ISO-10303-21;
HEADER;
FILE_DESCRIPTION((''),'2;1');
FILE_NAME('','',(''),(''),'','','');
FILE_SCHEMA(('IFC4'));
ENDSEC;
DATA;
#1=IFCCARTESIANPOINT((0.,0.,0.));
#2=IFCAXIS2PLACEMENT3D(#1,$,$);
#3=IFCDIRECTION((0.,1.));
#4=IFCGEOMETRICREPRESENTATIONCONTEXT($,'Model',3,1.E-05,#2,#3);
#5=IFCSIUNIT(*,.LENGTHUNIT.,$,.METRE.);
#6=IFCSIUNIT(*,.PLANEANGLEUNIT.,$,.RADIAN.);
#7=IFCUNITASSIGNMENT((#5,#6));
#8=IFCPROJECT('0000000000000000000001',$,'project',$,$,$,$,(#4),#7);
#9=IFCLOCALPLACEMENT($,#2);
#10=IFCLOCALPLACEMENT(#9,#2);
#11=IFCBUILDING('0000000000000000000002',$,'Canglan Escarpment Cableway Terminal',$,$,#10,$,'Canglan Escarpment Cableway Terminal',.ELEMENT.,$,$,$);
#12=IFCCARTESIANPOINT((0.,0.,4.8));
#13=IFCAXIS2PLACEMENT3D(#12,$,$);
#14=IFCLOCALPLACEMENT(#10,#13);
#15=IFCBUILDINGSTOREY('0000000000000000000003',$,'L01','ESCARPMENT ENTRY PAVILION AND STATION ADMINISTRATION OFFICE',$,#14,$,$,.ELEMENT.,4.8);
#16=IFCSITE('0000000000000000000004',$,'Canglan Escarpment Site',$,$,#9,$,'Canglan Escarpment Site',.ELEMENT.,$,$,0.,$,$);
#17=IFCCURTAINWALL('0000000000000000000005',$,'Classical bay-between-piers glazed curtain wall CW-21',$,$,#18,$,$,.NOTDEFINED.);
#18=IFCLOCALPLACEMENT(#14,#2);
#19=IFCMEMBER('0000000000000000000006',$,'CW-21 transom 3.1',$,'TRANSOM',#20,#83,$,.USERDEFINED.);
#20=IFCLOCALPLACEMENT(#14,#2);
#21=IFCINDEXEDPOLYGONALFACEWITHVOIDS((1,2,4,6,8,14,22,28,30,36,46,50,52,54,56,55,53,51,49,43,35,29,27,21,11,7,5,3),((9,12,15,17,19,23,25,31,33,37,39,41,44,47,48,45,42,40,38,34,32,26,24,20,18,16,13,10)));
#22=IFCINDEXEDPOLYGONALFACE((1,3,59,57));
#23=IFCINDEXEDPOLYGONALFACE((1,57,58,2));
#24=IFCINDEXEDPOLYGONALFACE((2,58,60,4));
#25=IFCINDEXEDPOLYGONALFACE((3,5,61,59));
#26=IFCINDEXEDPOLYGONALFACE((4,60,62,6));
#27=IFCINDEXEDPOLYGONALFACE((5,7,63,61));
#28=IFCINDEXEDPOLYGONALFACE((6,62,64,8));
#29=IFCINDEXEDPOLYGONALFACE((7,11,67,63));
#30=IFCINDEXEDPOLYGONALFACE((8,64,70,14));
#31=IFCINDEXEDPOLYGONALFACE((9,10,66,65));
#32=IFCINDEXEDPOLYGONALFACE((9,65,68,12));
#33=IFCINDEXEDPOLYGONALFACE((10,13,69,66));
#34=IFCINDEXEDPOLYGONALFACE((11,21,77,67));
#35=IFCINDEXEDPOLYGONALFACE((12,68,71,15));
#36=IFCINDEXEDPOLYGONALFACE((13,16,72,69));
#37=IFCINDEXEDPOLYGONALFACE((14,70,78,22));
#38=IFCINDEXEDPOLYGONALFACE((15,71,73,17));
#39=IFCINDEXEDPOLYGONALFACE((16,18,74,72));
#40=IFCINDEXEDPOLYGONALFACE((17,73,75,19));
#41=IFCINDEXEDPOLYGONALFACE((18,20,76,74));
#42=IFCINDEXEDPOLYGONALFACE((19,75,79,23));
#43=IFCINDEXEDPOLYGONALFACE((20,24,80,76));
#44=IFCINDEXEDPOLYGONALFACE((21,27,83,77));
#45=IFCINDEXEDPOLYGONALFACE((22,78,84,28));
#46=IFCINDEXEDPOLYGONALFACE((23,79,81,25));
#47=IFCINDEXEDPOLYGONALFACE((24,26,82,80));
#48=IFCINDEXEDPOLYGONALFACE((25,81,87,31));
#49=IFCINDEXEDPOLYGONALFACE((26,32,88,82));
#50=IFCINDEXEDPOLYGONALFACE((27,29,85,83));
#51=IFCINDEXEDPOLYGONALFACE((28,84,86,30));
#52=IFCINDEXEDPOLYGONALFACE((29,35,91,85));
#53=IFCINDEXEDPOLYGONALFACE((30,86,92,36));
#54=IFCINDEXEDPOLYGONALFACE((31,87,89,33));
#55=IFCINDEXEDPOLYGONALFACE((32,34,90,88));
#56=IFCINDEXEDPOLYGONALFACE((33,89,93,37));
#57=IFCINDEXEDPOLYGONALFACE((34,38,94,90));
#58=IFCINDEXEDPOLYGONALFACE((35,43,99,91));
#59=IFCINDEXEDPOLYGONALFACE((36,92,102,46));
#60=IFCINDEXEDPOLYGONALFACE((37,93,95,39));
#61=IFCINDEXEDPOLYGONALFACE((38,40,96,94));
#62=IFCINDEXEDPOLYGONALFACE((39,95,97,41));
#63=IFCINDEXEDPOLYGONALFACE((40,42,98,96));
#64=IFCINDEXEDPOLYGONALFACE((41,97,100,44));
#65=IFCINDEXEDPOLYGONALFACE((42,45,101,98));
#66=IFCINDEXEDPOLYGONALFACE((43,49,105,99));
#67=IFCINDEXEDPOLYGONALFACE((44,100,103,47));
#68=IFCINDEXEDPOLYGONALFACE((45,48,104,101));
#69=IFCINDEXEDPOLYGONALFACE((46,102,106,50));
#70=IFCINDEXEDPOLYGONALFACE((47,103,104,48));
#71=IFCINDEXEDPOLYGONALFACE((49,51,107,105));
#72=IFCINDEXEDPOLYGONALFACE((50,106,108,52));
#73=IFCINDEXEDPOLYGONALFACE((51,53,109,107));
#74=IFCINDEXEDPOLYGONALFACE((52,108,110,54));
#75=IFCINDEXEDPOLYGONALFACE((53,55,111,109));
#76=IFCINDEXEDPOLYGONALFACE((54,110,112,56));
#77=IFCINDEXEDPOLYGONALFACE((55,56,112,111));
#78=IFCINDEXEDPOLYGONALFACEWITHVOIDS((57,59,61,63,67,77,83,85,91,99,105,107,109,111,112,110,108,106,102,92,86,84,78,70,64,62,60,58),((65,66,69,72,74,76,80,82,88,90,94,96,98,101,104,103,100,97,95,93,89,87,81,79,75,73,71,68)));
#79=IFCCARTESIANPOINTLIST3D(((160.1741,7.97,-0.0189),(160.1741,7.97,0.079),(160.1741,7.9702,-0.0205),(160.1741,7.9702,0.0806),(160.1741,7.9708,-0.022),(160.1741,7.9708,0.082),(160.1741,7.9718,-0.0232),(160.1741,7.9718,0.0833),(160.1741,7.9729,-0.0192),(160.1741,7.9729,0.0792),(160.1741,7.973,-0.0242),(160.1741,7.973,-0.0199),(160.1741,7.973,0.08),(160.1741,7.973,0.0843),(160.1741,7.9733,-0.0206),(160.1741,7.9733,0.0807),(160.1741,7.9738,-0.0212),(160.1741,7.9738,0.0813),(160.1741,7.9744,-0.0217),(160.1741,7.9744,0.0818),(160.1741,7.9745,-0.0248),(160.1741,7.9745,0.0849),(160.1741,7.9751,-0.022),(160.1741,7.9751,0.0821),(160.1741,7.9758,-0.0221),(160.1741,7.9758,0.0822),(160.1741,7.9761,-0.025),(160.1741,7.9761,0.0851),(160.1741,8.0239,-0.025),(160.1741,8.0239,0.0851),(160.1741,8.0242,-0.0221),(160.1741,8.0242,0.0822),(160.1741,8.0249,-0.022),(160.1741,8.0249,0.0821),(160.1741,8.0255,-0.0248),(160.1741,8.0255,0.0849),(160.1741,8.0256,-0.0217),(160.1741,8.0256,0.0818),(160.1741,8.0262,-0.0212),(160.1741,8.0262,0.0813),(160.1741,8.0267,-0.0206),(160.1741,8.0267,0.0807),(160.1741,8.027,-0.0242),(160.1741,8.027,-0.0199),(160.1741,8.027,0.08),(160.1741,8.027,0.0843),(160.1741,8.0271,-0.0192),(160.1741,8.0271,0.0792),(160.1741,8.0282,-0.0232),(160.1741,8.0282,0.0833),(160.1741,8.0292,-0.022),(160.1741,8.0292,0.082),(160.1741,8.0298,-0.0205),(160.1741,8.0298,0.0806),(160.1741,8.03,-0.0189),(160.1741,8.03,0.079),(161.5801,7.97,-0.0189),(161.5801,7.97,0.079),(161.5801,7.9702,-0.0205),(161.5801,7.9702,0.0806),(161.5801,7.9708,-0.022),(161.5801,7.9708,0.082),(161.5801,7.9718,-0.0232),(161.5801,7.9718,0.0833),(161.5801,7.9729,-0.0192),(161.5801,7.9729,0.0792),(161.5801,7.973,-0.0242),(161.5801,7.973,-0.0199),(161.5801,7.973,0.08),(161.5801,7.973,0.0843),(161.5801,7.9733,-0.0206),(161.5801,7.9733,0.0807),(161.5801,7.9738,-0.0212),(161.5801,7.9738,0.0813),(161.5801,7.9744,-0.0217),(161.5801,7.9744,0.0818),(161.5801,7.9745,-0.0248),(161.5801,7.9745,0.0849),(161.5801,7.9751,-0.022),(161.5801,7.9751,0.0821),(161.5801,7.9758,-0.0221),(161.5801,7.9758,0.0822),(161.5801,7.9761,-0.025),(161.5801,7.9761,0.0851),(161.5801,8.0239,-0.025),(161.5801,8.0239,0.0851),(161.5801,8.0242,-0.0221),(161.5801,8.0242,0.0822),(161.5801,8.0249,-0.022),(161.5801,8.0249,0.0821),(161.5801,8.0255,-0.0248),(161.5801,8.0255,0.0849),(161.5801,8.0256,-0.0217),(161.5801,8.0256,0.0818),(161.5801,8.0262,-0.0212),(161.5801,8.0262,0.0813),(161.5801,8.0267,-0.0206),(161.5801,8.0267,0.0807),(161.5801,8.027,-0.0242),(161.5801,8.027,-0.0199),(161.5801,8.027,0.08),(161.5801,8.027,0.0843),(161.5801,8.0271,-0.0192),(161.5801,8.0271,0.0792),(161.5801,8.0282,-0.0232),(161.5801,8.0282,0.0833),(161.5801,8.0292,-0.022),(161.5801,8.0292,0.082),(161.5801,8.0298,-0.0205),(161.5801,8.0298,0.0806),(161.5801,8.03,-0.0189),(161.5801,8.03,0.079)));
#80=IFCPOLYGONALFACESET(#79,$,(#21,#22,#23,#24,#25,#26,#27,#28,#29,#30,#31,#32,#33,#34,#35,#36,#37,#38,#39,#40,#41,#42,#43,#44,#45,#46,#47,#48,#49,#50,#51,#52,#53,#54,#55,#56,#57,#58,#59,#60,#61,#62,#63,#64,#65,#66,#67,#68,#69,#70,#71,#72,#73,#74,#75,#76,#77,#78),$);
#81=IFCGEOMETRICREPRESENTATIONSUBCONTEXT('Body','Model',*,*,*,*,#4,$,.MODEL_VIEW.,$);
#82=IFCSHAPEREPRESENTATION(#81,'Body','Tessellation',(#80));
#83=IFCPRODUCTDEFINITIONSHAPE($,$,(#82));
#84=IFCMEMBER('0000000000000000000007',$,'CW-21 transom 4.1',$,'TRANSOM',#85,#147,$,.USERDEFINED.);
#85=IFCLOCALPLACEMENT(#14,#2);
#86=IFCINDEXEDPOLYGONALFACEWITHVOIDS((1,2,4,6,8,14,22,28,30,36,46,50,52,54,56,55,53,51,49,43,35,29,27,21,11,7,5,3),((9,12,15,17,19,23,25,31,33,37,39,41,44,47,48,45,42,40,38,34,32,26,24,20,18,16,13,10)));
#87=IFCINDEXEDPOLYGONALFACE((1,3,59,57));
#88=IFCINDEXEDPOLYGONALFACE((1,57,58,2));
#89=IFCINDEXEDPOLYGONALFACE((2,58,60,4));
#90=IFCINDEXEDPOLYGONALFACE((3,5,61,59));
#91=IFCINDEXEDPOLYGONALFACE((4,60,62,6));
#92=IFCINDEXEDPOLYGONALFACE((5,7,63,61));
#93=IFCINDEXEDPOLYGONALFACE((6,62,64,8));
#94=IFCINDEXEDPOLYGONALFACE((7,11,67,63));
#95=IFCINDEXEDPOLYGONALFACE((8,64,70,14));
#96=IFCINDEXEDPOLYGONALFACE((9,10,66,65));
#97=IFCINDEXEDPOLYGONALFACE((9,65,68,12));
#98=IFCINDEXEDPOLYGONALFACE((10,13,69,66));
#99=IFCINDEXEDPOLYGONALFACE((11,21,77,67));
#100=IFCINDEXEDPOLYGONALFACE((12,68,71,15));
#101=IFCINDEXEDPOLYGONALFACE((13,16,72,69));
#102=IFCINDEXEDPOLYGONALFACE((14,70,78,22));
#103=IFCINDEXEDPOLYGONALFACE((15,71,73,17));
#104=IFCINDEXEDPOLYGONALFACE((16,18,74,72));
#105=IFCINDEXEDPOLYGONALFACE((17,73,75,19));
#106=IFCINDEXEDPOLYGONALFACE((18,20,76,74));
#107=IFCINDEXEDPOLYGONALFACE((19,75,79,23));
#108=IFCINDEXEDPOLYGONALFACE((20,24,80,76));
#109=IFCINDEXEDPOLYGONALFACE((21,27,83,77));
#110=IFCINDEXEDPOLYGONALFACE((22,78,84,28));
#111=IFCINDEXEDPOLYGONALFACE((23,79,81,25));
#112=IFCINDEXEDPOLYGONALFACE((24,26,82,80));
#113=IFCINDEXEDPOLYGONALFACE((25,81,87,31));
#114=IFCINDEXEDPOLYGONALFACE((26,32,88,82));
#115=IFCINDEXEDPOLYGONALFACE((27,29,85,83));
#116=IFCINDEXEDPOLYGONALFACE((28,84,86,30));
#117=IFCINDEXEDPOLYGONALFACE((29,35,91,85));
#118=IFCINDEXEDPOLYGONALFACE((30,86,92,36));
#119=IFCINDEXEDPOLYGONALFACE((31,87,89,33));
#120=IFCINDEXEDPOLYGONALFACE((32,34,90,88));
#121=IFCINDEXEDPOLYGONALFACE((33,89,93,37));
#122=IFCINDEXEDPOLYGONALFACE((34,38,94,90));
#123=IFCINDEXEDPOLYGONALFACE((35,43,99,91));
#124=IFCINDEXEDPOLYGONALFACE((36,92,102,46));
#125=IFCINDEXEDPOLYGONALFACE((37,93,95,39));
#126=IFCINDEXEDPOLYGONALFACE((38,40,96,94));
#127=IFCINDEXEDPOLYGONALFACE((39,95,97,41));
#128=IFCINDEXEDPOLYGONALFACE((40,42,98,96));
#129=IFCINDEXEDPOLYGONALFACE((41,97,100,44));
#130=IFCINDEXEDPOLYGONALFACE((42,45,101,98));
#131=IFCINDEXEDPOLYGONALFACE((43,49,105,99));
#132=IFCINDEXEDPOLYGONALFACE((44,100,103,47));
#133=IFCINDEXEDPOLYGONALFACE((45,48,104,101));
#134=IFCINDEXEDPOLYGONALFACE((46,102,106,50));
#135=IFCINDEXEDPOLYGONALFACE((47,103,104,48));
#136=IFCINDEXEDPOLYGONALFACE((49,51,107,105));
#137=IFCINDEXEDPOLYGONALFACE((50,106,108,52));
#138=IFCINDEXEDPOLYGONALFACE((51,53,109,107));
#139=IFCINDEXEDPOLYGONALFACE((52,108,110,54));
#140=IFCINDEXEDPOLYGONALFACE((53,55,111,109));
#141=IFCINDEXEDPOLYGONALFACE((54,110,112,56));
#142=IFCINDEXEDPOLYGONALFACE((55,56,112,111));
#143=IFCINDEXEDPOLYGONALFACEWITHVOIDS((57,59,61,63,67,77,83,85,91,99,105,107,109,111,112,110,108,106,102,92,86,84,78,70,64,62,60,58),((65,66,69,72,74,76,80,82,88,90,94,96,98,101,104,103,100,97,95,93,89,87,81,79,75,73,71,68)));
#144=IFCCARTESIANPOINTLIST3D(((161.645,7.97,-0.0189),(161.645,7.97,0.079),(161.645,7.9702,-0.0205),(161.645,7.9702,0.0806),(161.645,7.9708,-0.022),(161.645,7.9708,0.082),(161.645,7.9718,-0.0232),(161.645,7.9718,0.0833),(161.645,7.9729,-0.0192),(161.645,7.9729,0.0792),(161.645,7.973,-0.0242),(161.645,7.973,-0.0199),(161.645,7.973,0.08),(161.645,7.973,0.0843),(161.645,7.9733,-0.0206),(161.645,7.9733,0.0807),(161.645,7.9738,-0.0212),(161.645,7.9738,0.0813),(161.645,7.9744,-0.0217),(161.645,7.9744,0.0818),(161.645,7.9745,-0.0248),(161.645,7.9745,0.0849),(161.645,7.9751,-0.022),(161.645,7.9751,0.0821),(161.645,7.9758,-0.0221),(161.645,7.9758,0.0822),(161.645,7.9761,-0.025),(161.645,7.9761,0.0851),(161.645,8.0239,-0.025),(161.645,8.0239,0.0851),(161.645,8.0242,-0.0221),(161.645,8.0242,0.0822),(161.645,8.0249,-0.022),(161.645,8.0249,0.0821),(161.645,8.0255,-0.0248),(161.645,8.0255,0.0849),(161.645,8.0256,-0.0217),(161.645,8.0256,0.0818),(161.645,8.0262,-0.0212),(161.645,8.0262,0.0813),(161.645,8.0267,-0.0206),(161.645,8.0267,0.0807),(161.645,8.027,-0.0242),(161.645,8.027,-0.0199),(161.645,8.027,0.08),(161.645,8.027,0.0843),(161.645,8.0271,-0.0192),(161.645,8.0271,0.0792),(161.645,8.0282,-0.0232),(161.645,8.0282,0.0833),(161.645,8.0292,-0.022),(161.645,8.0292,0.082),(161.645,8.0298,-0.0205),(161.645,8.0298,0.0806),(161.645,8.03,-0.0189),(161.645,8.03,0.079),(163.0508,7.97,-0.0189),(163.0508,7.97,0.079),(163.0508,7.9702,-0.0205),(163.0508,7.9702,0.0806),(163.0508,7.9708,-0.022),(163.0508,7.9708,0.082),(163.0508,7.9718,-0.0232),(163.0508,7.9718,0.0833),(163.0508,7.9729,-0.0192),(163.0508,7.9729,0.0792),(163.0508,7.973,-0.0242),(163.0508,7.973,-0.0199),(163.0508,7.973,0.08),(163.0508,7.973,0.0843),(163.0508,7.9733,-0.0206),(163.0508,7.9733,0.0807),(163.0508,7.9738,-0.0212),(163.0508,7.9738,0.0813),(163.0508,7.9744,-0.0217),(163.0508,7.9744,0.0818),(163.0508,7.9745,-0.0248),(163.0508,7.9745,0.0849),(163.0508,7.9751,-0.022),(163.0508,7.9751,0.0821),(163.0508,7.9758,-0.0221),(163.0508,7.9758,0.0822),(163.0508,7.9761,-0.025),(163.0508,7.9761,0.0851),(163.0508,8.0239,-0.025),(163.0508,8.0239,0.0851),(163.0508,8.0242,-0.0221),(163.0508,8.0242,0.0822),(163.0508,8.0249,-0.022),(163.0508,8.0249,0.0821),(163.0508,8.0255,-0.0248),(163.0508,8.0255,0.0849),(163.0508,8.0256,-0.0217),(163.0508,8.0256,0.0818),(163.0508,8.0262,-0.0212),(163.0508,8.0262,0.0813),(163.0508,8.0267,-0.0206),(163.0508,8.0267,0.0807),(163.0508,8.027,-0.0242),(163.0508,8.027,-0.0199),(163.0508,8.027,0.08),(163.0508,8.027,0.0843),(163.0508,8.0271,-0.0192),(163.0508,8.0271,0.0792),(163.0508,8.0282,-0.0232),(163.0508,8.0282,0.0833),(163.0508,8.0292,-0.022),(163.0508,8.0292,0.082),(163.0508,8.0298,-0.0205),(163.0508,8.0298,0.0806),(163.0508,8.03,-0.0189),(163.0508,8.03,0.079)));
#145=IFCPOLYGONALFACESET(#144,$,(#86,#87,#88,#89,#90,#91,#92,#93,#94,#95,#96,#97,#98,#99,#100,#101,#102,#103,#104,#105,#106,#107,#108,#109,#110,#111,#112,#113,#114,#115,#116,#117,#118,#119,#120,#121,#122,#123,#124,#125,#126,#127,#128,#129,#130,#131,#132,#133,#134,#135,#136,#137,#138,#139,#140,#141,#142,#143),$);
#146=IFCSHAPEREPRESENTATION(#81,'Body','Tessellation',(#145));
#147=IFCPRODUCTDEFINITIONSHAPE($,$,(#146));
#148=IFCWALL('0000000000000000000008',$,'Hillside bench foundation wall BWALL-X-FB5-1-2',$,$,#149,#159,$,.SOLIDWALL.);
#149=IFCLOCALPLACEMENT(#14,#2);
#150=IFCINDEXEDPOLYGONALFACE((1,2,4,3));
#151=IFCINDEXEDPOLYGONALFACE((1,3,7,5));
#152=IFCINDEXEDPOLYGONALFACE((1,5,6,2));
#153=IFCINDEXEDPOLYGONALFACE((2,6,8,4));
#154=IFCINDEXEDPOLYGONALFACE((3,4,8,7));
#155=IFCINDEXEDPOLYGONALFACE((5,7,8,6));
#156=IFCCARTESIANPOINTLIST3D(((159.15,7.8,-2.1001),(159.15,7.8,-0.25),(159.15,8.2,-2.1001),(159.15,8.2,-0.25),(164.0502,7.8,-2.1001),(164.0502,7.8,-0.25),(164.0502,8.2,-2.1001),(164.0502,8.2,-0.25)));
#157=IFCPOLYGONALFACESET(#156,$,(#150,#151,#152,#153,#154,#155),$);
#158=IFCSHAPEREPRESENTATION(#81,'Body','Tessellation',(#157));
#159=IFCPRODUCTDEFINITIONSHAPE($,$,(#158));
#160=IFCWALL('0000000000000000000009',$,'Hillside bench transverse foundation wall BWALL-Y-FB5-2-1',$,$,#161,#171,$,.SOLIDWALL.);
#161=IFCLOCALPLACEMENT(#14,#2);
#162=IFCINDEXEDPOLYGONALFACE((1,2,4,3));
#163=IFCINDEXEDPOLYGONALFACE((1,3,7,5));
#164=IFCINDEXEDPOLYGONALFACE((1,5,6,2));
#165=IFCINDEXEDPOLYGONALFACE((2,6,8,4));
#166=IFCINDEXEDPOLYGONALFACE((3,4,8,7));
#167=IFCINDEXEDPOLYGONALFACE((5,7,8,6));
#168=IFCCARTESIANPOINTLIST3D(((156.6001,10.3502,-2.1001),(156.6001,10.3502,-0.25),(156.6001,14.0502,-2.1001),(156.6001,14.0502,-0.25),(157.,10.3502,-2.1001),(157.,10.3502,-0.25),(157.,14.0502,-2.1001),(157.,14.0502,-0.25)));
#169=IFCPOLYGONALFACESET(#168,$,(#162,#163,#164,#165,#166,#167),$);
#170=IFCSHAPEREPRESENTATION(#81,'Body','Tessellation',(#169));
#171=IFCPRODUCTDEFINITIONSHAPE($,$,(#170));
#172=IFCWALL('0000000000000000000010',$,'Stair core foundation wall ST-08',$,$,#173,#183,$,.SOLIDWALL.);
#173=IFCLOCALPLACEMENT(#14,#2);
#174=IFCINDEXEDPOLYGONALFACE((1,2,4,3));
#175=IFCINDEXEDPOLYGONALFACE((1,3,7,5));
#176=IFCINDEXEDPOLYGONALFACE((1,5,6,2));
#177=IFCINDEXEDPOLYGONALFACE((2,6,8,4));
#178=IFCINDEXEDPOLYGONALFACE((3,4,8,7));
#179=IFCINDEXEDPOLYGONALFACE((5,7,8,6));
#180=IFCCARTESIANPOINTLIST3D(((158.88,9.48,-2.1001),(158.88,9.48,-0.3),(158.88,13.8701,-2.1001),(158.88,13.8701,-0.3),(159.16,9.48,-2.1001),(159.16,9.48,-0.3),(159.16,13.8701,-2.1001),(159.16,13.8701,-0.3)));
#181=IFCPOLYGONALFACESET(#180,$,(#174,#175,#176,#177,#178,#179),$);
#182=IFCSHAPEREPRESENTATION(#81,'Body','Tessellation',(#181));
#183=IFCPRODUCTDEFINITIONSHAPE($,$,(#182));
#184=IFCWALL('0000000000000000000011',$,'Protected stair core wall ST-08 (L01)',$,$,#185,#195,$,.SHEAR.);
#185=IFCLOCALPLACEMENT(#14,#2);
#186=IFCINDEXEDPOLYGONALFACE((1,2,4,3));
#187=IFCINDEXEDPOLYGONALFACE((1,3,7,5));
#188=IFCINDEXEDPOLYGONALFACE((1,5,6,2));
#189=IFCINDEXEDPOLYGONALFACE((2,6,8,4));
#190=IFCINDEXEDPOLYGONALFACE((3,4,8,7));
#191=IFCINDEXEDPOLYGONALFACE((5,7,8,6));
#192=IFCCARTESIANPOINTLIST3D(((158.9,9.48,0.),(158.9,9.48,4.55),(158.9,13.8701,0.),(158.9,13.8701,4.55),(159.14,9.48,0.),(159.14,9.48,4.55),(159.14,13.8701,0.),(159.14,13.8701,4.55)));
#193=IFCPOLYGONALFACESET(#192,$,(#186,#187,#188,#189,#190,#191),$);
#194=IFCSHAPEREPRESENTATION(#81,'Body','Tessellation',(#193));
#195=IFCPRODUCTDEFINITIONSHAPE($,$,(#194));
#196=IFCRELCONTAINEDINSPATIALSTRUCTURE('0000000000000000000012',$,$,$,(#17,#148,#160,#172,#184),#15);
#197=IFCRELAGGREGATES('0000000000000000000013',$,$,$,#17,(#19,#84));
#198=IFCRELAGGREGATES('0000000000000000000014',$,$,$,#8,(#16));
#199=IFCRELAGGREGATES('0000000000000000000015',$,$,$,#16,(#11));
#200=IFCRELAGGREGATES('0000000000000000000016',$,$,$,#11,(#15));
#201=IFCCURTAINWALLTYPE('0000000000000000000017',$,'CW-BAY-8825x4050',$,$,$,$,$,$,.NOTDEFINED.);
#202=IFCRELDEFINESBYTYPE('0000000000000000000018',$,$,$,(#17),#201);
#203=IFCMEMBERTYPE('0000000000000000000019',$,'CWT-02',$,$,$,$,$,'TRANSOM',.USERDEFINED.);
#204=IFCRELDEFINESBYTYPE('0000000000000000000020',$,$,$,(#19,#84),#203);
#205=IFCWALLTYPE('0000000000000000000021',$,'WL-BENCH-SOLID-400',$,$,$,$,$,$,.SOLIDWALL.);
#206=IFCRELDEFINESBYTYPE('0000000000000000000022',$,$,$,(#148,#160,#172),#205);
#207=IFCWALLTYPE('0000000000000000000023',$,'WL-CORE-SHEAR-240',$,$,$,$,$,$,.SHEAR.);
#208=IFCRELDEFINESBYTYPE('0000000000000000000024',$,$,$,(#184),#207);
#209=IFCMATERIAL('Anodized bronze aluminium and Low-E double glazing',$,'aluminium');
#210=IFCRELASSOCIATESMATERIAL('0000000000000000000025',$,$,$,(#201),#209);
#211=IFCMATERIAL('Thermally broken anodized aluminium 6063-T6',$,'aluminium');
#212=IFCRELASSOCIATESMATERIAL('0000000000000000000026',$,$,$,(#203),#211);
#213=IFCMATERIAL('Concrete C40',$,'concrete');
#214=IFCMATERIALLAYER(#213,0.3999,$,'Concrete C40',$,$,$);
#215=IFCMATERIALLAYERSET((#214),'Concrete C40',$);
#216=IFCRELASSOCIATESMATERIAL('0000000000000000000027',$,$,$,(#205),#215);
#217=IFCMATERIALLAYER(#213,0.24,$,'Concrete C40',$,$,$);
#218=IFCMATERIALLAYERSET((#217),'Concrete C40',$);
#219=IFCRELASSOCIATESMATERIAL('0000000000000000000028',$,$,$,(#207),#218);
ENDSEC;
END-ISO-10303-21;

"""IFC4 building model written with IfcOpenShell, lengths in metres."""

from ifc_helpers import new_model, si_unit, direction, frame, frame_2d, origin, origin_2d, place, context, subcontext, project, spatial, rectangle, hollow_rectangle, extrude, material, layer, layer_set, material_profile, profile_set, type_object, element, aggregate, save


model = new_model("IFC4")

# Units and contexts
model_context = context("Model", 3, precision=1e-05, world=origin(), true_north=direction((0.0, 1.0)))
body_context = subcontext(model_context, "Body", "Model", "MODEL_VIEW")
ifc_project = project(units=[si_unit("LENGTHUNIT", "METRE"), si_unit("PLANEANGLEUNIT", "RADIAN")], contexts=[model_context])

# Site, building, storey
site_placement = place(None, origin())
site = spatial("IfcSite", under=ifc_project, at=site_placement, Name="Canglan Escarpment Site", LongName="Canglan Escarpment Site", CompositionType="ELEMENT", RefElevation=0.0)
building_placement = place(site_placement, origin())
building = spatial("IfcBuilding", under=site, at=building_placement, Name="Canglan Escarpment Cableway Terminal", LongName="Canglan Escarpment Cableway Terminal", CompositionType="ELEMENT")
storey_placement = place(building_placement, frame((0.0, 0.0, 4.8)))
storey = spatial("IfcBuildingStorey", under=building, at=storey_placement, Name="L01", Description="ESCARPMENT ENTRY PAVILION AND STATION ADMINISTRATION OFFICE", CompositionType="ELEMENT", Elevation=4.8)

# Shared definitions
ifc_material_1 = material(Name="Concrete C40", Category="concrete")

# Curtain wall, members
ifc_material_2 = material(Name="Anodized bronze aluminium and Low-E double glazing", Category="aluminium")
curtain_wall_type = type_object("IfcCurtainWallType", Name="CW-BAY-8825x4050", PredefinedType="NOTDEFINED", material=ifc_material_2)
curtain_wall_placement = place(storey_placement, origin())
curtain_wall = element("IfcCurtainWall", 1, at=curtain_wall_placement, inside=storey, type_object=curtain_wall_type, Name="Classical bay-between-piers glazed curtain wall CW-21", PredefinedType="NOTDEFINED")
ifc_material_3 = material(Name="Thermally broken anodized aluminium 6063-T6", Category="aluminium")
ifc_material_profile_1 = material_profile(ifc_material_3, hollow_rectangle(XDim=0.0601, YDim=0.1101, WallThickness=0.0029, InnerFilletRadius=0.0029, OuterFilletRadius=0.0061, at=origin_2d()), Name="ALU-TRAN 60x110x3")
ifc_profile_set_1 = profile_set([ifc_material_profile_1], Name="Thermally broken anodized aluminium 6063-T6")
member_type_1 = type_object("IfcMemberType", Name="CWT-02", ElementType="TRANSOM", PredefinedType="USERDEFINED", material=ifc_profile_set_1)
member_1_placement = place(storey_placement, frame((160.1741, 8.0, 0.03), z_axis=(1.0, 0.0, 0.0), x_axis=(0.0, 1.0, 0.0)))
member_1 = element("IfcMember", 2, at=member_1_placement, type_object=member_type_1, Name="CW-21 transom 3.1", ObjectType="TRANSOM", PredefinedType="USERDEFINED", context=body_context, shape_type="SweptSolid", body=[
    extrude(hollow_rectangle(XDim=0.0601, YDim=0.1101, WallThickness=0.0029, InnerFilletRadius=0.0029, OuterFilletRadius=0.0061, at=origin_2d()), origin(), (0.0, 0.0, 1.0), 1.406),
])
member_2_placement = place(storey_placement, frame((161.645, 8.0, 0.03), z_axis=(1.0, 0.0, 0.0), x_axis=(0.0, 1.0, 0.0)))
member_2 = element("IfcMember", 3, at=member_2_placement, type_object=member_type_1, Name="CW-21 transom 4.1", ObjectType="TRANSOM", PredefinedType="USERDEFINED", context=body_context, shape_type="SweptSolid", body=[
    extrude(hollow_rectangle(XDim=0.0601, YDim=0.1101, WallThickness=0.0029, InnerFilletRadius=0.0029, OuterFilletRadius=0.0061, at=origin_2d()), origin(), (0.0, 0.0, 1.0), 1.4058),
])
aggregate(curtain_wall, [member_1, member_2])

# Walls
ifc_layer_1 = layer(ifc_material_1, 0.3999, Name="Concrete C40")
ifc_layer_set_1 = layer_set([ifc_layer_1], Name="Concrete C40")
wall_type_1 = type_object("IfcWallType", Name="WL-BENCH-SOLID-400", PredefinedType="SOLIDWALL", material=ifc_layer_set_1)
wall_1_placement = place(storey_placement, frame((159.1499, 8.0, -2.1001), z_axis=(0.0, 0.0, 1.0), x_axis=(1.0, 0.0, 0.0)))
element("IfcWall", 4, at=wall_1_placement, inside=storey, type_object=wall_type_1, Name="Hillside bench foundation wall BWALL-X-FB5-1-2", PredefinedType="SOLIDWALL", context=body_context, shape_type="SweptSolid", body=[
    extrude(rectangle(XDim=4.9001, YDim=0.3999, at=frame_2d((2.4502, 0.0))), origin(), (0.0, 0.0, 1.0), 1.8501),
])
wall_2_placement = place(storey_placement, frame((156.8, 10.3501, -2.1001), z_axis=(0.0, 0.0, 1.0), x_axis=(0.0, 1.0, 0.0)))
element("IfcWall", 5, at=wall_2_placement, inside=storey, type_object=wall_type_1, Name="Hillside bench transverse foundation wall BWALL-Y-FB5-2-1", PredefinedType="SOLIDWALL", context=body_context, shape_type="SweptSolid", body=[
    extrude(rectangle(XDim=3.7, YDim=0.3999, at=frame_2d((1.8501, 0.0))), origin(), (0.0, 0.0, 1.0), 1.8501),
])
wall_3_placement = place(storey_placement, frame((159.02, 9.48, -2.1001), z_axis=(0.0, 0.0, 1.0), x_axis=(0.0, 1.0, 0.0)))
element("IfcWall", 6, at=wall_3_placement, inside=storey, type_object=wall_type_1, Name="Stair core foundation wall ST-08", PredefinedType="SOLIDWALL", context=body_context, shape_type="SweptSolid", body=[
    extrude(rectangle(XDim=4.3901, YDim=0.28, at=frame_2d((2.1951, 0.0))), origin(), (0.0, 0.0, 1.0), 1.8),
])
ifc_layer_2 = layer(ifc_material_1, 0.24, Name="Concrete C40")
ifc_layer_set_2 = layer_set([ifc_layer_2], Name="Concrete C40")
wall_type_2 = type_object("IfcWallType", Name="WL-CORE-SHEAR-240", PredefinedType="SHEAR", material=ifc_layer_set_2)
wall_4_placement = place(storey_placement, frame((159.02, 9.48, 0.0), z_axis=(0.0, 0.0, 1.0), x_axis=(0.0, 1.0, 0.0)))
element("IfcWall", 7, at=wall_4_placement, inside=storey, type_object=wall_type_2, Name="Protected stair core wall ST-08 (L01)", PredefinedType="SHEAR", context=body_context, shape_type="SweptSolid", body=[
    extrude(rectangle(XDim=4.3901, YDim=0.24, at=frame_2d((2.1951, 0.0))), origin(), (0.0, 0.0, 1.0), 4.55),
])

save(model, "model.ifc")
